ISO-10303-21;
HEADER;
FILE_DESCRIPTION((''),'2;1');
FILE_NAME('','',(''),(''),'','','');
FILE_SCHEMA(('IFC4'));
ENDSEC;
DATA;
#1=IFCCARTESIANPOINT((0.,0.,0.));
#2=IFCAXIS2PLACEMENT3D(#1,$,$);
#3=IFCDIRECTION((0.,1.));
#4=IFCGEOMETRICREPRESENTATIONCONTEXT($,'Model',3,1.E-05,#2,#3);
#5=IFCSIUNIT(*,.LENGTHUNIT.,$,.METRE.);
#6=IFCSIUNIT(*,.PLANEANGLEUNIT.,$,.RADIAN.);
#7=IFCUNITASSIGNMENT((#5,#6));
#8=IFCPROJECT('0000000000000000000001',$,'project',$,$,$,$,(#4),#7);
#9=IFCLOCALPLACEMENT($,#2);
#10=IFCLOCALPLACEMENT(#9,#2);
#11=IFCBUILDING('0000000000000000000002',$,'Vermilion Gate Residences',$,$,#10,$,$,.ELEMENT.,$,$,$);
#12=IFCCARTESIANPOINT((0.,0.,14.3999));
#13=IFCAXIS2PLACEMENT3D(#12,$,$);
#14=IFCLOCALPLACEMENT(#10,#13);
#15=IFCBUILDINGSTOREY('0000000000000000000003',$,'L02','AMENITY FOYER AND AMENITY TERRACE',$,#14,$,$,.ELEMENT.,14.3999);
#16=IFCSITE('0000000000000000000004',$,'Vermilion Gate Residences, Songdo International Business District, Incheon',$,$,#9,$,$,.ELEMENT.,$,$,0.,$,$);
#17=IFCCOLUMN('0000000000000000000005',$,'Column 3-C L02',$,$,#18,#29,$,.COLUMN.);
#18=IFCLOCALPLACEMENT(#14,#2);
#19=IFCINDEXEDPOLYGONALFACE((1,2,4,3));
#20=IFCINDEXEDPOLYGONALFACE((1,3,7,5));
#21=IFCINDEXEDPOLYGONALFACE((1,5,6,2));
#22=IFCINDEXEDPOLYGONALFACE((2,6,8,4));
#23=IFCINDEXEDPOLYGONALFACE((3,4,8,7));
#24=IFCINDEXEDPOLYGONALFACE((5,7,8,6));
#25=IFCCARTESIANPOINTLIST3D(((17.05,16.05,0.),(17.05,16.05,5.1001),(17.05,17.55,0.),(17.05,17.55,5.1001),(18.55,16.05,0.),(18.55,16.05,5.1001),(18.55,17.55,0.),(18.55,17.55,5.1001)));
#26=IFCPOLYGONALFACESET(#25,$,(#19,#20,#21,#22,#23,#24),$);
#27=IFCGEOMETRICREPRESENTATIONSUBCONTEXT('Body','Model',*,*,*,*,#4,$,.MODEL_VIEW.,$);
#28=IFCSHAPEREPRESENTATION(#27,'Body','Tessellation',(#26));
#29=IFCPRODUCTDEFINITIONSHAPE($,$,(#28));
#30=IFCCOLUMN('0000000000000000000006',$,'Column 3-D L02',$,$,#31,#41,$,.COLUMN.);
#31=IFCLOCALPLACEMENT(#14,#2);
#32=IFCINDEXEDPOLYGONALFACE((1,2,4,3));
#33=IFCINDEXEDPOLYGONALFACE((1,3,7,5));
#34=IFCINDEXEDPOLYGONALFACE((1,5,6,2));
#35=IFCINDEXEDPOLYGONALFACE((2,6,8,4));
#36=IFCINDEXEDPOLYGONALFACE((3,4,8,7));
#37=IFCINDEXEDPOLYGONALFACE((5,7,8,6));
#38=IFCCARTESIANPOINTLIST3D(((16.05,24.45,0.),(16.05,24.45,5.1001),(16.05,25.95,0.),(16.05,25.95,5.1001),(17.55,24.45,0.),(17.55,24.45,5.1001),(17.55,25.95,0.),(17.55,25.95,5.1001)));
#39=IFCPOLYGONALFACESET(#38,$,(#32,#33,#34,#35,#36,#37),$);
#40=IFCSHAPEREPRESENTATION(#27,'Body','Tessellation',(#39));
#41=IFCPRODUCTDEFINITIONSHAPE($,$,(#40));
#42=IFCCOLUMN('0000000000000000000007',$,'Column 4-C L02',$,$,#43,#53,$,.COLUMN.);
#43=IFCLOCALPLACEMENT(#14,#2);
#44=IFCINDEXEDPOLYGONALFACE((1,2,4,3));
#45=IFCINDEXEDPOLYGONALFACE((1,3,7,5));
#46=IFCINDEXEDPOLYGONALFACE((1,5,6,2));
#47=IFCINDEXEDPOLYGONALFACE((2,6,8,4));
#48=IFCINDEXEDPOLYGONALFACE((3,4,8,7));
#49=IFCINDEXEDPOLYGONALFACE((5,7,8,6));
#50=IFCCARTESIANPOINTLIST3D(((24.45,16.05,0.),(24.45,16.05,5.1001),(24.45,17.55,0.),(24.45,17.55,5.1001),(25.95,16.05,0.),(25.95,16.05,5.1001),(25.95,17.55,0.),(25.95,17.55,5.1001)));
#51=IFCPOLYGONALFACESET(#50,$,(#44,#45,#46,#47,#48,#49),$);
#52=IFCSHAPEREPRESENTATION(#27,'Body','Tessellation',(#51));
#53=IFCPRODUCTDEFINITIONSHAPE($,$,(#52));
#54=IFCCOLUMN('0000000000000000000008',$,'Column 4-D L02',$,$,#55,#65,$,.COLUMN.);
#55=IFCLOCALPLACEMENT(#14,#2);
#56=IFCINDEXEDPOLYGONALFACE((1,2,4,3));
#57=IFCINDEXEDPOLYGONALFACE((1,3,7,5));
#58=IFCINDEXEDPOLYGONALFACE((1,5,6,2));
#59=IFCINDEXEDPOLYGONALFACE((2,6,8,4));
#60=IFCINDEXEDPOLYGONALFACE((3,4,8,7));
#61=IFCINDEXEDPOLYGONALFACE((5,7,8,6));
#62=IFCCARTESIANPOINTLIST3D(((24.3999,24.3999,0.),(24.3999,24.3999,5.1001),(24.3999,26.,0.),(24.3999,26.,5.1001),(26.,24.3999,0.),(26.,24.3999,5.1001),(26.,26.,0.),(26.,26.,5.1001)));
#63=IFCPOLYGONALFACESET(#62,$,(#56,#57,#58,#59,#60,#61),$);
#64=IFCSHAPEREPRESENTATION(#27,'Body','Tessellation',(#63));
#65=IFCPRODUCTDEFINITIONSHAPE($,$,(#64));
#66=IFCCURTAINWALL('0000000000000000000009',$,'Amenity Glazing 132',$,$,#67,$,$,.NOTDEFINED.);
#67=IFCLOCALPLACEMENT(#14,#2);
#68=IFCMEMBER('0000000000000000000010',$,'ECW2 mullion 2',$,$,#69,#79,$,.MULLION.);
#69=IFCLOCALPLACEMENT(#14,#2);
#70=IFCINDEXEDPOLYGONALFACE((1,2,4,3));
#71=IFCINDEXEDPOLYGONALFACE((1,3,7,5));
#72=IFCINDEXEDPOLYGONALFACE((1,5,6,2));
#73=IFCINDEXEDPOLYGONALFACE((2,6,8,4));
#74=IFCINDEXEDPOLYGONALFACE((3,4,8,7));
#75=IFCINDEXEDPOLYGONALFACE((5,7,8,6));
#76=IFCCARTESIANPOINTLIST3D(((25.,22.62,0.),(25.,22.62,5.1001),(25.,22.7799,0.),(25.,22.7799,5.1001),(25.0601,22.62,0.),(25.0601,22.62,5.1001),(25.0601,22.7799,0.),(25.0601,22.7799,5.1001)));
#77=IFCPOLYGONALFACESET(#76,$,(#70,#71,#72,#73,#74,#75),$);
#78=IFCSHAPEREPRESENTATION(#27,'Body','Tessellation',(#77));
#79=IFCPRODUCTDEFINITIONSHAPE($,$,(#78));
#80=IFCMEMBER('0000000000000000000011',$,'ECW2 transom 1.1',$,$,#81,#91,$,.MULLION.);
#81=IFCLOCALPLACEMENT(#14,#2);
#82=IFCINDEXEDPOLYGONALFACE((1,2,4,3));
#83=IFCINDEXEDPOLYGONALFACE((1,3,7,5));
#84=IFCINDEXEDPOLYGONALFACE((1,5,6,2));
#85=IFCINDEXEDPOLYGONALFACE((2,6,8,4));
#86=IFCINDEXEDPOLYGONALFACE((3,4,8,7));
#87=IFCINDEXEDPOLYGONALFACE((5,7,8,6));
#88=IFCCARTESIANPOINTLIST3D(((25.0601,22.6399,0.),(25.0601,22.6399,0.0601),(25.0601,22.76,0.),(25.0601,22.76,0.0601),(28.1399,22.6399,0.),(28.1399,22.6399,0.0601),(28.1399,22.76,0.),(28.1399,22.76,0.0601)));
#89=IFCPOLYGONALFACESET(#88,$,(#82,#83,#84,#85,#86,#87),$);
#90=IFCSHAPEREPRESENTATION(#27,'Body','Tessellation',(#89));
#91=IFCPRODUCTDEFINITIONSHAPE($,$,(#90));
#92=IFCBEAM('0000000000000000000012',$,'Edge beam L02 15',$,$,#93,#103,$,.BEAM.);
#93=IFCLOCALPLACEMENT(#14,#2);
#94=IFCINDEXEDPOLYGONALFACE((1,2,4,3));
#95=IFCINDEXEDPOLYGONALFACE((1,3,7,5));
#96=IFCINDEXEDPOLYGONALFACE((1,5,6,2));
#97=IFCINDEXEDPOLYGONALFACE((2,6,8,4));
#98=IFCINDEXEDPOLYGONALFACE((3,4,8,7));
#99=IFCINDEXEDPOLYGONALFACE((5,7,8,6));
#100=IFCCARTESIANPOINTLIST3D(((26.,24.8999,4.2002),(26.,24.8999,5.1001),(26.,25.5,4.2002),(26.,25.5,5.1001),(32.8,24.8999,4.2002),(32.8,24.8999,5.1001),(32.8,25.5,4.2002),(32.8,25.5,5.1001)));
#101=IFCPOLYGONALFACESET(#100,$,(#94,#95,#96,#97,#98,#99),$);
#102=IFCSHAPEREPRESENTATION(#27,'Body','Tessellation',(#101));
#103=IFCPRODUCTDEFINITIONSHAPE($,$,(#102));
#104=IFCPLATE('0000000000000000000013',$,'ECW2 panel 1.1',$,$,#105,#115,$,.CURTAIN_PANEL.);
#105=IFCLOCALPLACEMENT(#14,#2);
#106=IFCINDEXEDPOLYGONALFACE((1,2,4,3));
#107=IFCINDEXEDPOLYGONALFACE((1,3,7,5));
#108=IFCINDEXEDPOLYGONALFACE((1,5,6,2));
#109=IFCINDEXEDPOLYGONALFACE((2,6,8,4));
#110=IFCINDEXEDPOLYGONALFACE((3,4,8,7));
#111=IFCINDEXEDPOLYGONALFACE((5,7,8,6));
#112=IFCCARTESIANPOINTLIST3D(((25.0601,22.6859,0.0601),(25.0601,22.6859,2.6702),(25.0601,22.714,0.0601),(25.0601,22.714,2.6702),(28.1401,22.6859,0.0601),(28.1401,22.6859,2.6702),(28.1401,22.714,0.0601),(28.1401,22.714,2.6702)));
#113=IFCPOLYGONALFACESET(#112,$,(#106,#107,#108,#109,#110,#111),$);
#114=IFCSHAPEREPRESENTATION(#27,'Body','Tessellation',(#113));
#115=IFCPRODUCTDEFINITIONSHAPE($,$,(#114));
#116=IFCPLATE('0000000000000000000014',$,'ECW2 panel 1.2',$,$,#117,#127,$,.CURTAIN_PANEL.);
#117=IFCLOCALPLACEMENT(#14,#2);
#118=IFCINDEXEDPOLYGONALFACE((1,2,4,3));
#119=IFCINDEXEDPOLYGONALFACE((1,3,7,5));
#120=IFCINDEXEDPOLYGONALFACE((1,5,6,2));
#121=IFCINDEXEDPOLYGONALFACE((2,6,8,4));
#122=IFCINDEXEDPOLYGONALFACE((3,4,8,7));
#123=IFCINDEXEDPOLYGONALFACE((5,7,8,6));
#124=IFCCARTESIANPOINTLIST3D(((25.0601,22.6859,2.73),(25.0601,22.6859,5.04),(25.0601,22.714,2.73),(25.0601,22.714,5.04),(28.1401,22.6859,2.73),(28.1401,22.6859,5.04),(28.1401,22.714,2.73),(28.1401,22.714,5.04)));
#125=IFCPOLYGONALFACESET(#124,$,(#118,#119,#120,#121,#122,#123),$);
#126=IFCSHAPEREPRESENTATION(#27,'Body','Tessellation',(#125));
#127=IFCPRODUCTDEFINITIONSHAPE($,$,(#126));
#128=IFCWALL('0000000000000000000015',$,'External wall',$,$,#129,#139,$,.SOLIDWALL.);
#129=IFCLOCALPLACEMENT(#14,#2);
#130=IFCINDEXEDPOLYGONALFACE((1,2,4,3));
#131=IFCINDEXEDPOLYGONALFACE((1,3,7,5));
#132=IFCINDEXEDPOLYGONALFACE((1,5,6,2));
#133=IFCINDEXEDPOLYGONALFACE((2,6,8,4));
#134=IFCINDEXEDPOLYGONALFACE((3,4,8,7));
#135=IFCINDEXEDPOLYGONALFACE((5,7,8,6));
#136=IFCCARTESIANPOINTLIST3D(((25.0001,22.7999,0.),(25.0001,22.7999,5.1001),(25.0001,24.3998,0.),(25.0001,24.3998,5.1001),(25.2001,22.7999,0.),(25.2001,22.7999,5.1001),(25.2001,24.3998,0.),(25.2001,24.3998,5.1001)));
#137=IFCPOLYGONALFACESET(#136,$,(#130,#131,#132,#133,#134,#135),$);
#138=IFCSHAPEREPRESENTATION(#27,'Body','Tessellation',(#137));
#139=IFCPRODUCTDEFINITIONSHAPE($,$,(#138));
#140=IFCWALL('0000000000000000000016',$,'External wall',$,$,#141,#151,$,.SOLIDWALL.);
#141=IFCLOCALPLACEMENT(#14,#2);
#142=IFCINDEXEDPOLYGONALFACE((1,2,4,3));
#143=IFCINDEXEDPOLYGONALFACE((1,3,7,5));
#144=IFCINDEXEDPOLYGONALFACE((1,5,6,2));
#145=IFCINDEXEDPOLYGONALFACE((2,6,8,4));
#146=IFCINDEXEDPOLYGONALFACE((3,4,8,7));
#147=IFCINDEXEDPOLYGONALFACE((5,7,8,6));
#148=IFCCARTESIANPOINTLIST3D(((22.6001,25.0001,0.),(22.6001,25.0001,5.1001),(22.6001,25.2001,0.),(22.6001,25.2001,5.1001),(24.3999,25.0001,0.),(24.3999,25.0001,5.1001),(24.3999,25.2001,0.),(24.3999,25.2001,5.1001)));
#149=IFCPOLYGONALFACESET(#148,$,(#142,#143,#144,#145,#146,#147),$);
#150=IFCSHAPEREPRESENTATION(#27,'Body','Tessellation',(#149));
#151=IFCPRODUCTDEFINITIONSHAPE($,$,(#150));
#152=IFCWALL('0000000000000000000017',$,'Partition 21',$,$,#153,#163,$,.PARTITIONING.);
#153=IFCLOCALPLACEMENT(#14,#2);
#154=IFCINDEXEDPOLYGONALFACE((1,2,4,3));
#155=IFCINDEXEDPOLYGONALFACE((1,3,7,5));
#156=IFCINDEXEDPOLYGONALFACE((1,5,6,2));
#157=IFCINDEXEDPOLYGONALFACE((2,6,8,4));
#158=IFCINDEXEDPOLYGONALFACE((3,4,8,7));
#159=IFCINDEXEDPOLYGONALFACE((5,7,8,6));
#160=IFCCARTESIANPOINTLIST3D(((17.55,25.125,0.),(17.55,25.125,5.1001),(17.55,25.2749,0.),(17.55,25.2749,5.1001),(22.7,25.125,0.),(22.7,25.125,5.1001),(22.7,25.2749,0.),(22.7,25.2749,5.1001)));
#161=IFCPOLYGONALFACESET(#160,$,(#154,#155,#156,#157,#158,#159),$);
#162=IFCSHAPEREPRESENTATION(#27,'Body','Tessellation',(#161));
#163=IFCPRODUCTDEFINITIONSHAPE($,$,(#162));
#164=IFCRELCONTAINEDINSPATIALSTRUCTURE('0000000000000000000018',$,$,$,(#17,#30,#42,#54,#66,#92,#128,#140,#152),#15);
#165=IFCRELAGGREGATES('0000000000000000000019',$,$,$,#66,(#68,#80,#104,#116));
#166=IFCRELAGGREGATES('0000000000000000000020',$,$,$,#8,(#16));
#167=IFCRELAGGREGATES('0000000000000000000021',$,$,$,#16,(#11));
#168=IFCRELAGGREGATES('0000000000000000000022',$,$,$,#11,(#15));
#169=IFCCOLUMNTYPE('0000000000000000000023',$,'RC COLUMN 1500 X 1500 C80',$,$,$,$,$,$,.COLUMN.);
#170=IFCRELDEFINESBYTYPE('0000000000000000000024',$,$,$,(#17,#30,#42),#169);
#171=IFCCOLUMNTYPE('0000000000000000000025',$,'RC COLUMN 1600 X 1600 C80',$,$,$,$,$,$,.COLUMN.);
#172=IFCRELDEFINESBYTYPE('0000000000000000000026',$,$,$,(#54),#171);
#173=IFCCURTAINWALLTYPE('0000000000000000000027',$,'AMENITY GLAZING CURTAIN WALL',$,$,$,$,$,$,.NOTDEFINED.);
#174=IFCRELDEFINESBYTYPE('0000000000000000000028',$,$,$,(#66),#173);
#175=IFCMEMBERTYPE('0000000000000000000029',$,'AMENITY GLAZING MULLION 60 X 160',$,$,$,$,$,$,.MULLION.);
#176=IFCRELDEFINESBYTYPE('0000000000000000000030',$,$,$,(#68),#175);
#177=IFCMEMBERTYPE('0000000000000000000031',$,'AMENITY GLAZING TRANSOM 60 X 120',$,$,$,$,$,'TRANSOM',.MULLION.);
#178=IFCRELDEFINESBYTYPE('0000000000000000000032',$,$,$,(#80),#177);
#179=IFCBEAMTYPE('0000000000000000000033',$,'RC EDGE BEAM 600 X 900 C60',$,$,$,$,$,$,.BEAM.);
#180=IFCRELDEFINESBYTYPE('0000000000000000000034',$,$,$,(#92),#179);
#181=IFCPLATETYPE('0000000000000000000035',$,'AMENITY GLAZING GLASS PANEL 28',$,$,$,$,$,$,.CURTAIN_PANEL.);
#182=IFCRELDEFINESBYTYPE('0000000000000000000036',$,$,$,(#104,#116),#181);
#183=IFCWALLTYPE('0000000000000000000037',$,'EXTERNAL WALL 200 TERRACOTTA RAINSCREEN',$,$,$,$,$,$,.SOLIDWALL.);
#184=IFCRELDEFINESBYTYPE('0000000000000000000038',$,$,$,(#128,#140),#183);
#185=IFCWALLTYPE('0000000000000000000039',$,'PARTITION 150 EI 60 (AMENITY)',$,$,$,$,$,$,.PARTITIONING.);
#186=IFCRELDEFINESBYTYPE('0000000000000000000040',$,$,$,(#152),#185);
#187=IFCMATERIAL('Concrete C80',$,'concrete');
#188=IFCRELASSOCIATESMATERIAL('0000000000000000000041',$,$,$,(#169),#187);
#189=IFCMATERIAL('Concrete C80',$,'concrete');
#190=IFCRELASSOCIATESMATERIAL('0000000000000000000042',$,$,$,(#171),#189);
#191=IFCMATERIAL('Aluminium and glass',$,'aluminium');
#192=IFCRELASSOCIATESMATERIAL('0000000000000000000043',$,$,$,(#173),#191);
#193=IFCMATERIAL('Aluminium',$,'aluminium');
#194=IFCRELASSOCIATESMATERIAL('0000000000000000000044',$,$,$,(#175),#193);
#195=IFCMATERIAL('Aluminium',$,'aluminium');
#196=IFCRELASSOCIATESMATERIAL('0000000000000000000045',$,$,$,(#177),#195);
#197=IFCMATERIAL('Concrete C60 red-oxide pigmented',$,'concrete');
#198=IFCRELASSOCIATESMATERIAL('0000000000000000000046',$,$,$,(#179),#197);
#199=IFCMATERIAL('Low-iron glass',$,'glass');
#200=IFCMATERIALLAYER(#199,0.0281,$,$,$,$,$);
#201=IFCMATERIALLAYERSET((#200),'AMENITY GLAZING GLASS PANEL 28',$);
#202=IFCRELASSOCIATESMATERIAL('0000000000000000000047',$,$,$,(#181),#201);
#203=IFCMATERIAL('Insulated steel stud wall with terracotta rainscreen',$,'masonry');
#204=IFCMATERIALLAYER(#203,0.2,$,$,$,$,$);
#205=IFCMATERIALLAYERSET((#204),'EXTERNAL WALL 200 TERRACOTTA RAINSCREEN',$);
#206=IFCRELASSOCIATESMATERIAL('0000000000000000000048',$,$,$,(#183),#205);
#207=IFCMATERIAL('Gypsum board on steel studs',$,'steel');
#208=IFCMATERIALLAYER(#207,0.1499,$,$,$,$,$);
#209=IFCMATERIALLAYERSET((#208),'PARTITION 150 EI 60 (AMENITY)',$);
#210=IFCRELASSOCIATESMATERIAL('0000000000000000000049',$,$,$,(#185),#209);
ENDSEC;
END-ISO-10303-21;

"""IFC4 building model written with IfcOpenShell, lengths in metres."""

from ifc_helpers import new_model, si_unit, direction, frame, frame_2d, origin, origin_2d, place, context, subcontext, project, spatial, rectangle, extrude, material, layer, layer_set, material_profile, profile_set, type_object, element, aggregate, save


model = new_model("IFC4")

# Units and contexts
model_context = context("Model", 3, precision=1e-05, world=origin(), true_north=direction((0.0, 1.0)))
body_context = subcontext(model_context, "Body", "Model", "MODEL_VIEW")
ifc_project = project(units=[si_unit("LENGTHUNIT", "METRE"), si_unit("PLANEANGLEUNIT", "RADIAN")], contexts=[model_context])

# Site, building, storey
site_placement = place(None, origin())
site = spatial("IfcSite", under=ifc_project, at=site_placement, Name="Vermilion Gate Residences, Songdo International Business District, Incheon", CompositionType="ELEMENT", RefElevation=0.0)
building_placement = place(site_placement, origin())
building = spatial("IfcBuilding", under=site, at=building_placement, Name="Vermilion Gate Residences", CompositionType="ELEMENT")
storey_placement = place(building_placement, frame((0.0, 0.0, 14.3999)))
storey = spatial("IfcBuildingStorey", under=building, at=storey_placement, Name="L02", Description="AMENITY FOYER AND AMENITY TERRACE", CompositionType="ELEMENT", Elevation=14.3999)

# Columns
ifc_material_1 = material(Name="Concrete C80", Category="concrete")
ifc_material_profile_1 = material_profile(ifc_material_1, rectangle(XDim=1.5, YDim=1.5, at=origin_2d()), Name="RC-1500x1500")
ifc_profile_set_1 = profile_set([ifc_material_profile_1], Name="Concrete C80")
column_type_1 = type_object("IfcColumnType", Name="RC COLUMN 1500 X 1500 C80", PredefinedType="COLUMN", material=ifc_profile_set_1)
for number, where, z_axis, x_axis, name in (
    (1, (17.8, 16.8, 0.0), (0.0, 0.0, 1.0), (1.0, 0.0, 0.0), "Column 3-C L02"),
    (2, (16.8, 25.2, 0.0), (0.0, 0.0, 1.0), (1.0, 0.0, 0.0), "Column 3-D L02"),
    (3, (25.2, 16.8, 0.0), (0.0, 0.0, 1.0), (1.0, 0.0, 0.0), "Column 4-C L02"),
):
    element("IfcColumn", number, at=place(storey_placement, frame(where, z_axis=z_axis, x_axis=x_axis)), inside=storey, type_object=column_type_1, Name=name, PredefinedType="COLUMN", context=body_context, shape_type="SweptSolid", body=[
        extrude(rectangle(XDim=1.5, YDim=1.5, at=origin_2d()), origin(), (0.0, 0.0, 1.0), 5.1001),
    ])
ifc_material_2 = material(Name="Concrete C80", Category="concrete")
ifc_material_profile_2 = material_profile(ifc_material_2, rectangle(XDim=1.6001, YDim=1.6001, at=origin_2d()), Name="RC-1600x1600")
ifc_profile_set_2 = profile_set([ifc_material_profile_2], Name="Concrete C80")
column_type_2 = type_object("IfcColumnType", Name="RC COLUMN 1600 X 1600 C80", PredefinedType="COLUMN", material=ifc_profile_set_2)
column_placement = place(storey_placement, frame((25.2, 25.2, 0.0), z_axis=(0.0, 0.0, 1.0), x_axis=(1.0, 0.0, 0.0)))
element("IfcColumn", 4, at=column_placement, inside=storey, type_object=column_type_2, Name="Column 4-D L02", PredefinedType="COLUMN", context=body_context, shape_type="SweptSolid", body=[
    extrude(rectangle(XDim=1.6001, YDim=1.6001, at=origin_2d()), origin(), (0.0, 0.0, 1.0), 5.1001),
])

# Curtain wall, members
ifc_material_3 = material(Name="Aluminium and glass", Category="aluminium")
curtain_wall_type = type_object("IfcCurtainWallType", Name="AMENITY GLAZING CURTAIN WALL", PredefinedType="NOTDEFINED", material=ifc_material_3)
curtain_wall_placement = place(storey_placement, origin())
curtain_wall = element("IfcCurtainWall", 5, at=curtain_wall_placement, inside=storey, type_object=curtain_wall_type, Name="Amenity Glazing 132", PredefinedType="NOTDEFINED")
ifc_material_4 = material(Name="Aluminium", Category="aluminium")
ifc_material_profile_3 = material_profile(ifc_material_4, rectangle(XDim=0.1599, YDim=0.0601, at=origin_2d()), Name="MULLION 60 X 160")
ifc_profile_set_3 = profile_set([ifc_material_profile_3], Name="Aluminium")
member_type_1 = type_object("IfcMemberType", Name="AMENITY GLAZING MULLION 60 X 160", PredefinedType="MULLION", material=ifc_profile_set_3)
member_1_placement = place(storey_placement, frame((25.03, 22.7, 0.0), z_axis=(0.0, 0.0, 1.0), x_axis=(0.0, -1.0, 0.0)))
member_1 = element("IfcMember", 6, at=member_1_placement, type_object=member_type_1, Name="ECW2 mullion 2", PredefinedType="MULLION", context=body_context, shape_type="SweptSolid", body=[
    extrude(rectangle(XDim=0.1599, YDim=0.0601, at=origin_2d()), origin(), (0.0, 0.0, 1.0), 5.1001),
])
ifc_material_5 = material(Name="Aluminium", Category="aluminium")
ifc_material_profile_4 = material_profile(ifc_material_5, rectangle(XDim=0.1201, YDim=0.0601, at=origin_2d()), Name="TRANSOM 60 X 120")
ifc_profile_set_4 = profile_set([ifc_material_profile_4], Name="Aluminium")
member_type_2 = type_object("IfcMemberType", Name="AMENITY GLAZING TRANSOM 60 X 120", ElementType="TRANSOM", PredefinedType="MULLION", material=ifc_profile_set_4)
member_2_placement = place(storey_placement, frame((28.1399, 22.7, 0.03), z_axis=(-1.0, 0.0, 0.0), x_axis=(0.0, -1.0, 0.0)))
member_2 = element("IfcMember", 7, at=member_2_placement, type_object=member_type_2, Name="ECW2 transom 1.1", PredefinedType="MULLION", context=body_context, shape_type="SweptSolid", body=[
    extrude(rectangle(XDim=0.1201, YDim=0.0601, at=origin_2d()), origin(), (0.0, 0.0, 1.0), 3.0798),
])

# Beam
ifc_material_6 = material(Name="Concrete C60 red-oxide pigmented", Category="concrete")
ifc_material_profile_5 = material_profile(ifc_material_6, rectangle(XDim=0.6001, YDim=0.8999, at=origin_2d()), Name="RC-600x900")
ifc_profile_set_5 = profile_set([ifc_material_profile_5], Name="Concrete C60 red-oxide pigmented")
beam_type = type_object("IfcBeamType", Name="RC EDGE BEAM 600 X 900 C60", PredefinedType="BEAM", material=ifc_profile_set_5)
beam_placement = place(storey_placement, frame((26.0, 25.2, 4.6501), z_axis=(1.0, 0.0, 0.0), x_axis=(0.0, 1.0, 0.0)))
element("IfcBeam", 8, at=beam_placement, inside=storey, type_object=beam_type, Name="Edge beam L02 15", PredefinedType="BEAM", context=body_context, shape_type="SweptSolid", body=[
    extrude(rectangle(XDim=0.6001, YDim=0.8999, at=origin_2d()), origin(), (0.0, 0.0, 1.0), 6.8),
])

# Plates
ifc_material_7 = material(Name="Low-iron glass", Category="glass")
ifc_layer_1 = layer(ifc_material_7, 0.0281)
ifc_layer_set_1 = layer_set([ifc_layer_1], Name="AMENITY GLAZING GLASS PANEL 28")
plate_type = type_object("IfcPlateType", Name="AMENITY GLAZING GLASS PANEL 28", PredefinedType="CURTAIN_PANEL", material=ifc_layer_set_1)
plate_1_placement = place(storey_placement, frame((26.6001, 22.7, 0.0601), z_axis=(0.0, 0.0, 1.0), x_axis=(-1.0, 0.0, 0.0)))
plate_1 = element("IfcPlate", 9, at=plate_1_placement, type_object=plate_type, Name="ECW2 panel 1.1", PredefinedType="CURTAIN_PANEL", context=body_context, shape_type="SweptSolid", body=[
    extrude(rectangle(XDim=3.0801, YDim=0.0281, at=origin_2d()), origin(), (0.0, 0.0, 1.0), 2.6101),
])
plate_2_placement = place(storey_placement, frame((26.6001, 22.7, 2.73), z_axis=(0.0, 0.0, 1.0), x_axis=(-1.0, 0.0, 0.0)))
plate_2 = element("IfcPlate", 10, at=plate_2_placement, type_object=plate_type, Name="ECW2 panel 1.2", PredefinedType="CURTAIN_PANEL", context=body_context, shape_type="SweptSolid", body=[
    extrude(rectangle(XDim=3.0801, YDim=0.0281, at=origin_2d()), origin(), (0.0, 0.0, 1.0), 2.3101),
])
aggregate(curtain_wall, [member_1, member_2, plate_1, plate_2])

# Walls
ifc_material_8 = material(Name="Insulated steel stud wall with terracotta rainscreen", Category="masonry")
ifc_layer_2 = layer(ifc_material_8, 0.2)
ifc_layer_set_2 = layer_set([ifc_layer_2], Name="EXTERNAL WALL 200 TERRACOTTA RAINSCREEN")
wall_type_1 = type_object("IfcWallType", Name="EXTERNAL WALL 200 TERRACOTTA RAINSCREEN", PredefinedType="SOLIDWALL", material=ifc_layer_set_2)
wall_1_placement = place(storey_placement, frame((25.1001, 22.8, 0.0), z_axis=(0.0, 0.0, 1.0), x_axis=(0.0, 1.0, 0.0)))
element("IfcWall", 11, at=wall_1_placement, inside=storey, type_object=wall_type_1, Name="External wall", PredefinedType="SOLIDWALL", context=body_context, shape_type="SweptSolid", body=[
    extrude(rectangle(XDim=1.5999, YDim=0.2, at=frame_2d((0.7998, 0.0))), origin(), (0.0, 0.0, 1.0), 5.1001),
])
wall_2_placement = place(storey_placement, frame((24.3999, 25.1001, 0.0), z_axis=(0.0, 0.0, 1.0), x_axis=(-1.0, 0.0, 0.0)))
element("IfcWall", 12, at=wall_2_placement, inside=storey, type_object=wall_type_1, Name="External wall", PredefinedType="SOLIDWALL", context=body_context, shape_type="SweptSolid", body=[
    extrude(rectangle(XDim=1.7998, YDim=0.2, at=frame_2d((0.8999, 0.0))), origin(), (0.0, 0.0, 1.0), 5.1001),
])
ifc_material_9 = material(Name="Gypsum board on steel studs", Category="steel")
ifc_layer_3 = layer(ifc_material_9, 0.1499)
ifc_layer_set_3 = layer_set([ifc_layer_3], Name="PARTITION 150 EI 60 (AMENITY)")
wall_type_2 = type_object("IfcWallType", Name="PARTITION 150 EI 60 (AMENITY)", PredefinedType="PARTITIONING", material=ifc_layer_set_3)
wall_3_placement = place(storey_placement, frame((17.55, 25.2, 0.0), z_axis=(0.0, 0.0, 1.0), x_axis=(1.0, 0.0, 0.0)))
element("IfcWall", 13, at=wall_3_placement, inside=storey, type_object=wall_type_2, Name="Partition 21", PredefinedType="PARTITIONING", context=body_context, shape_type="SweptSolid", body=[
    extrude(rectangle(XDim=5.1499, YDim=0.1499, at=frame_2d((2.575, 0.0))), origin(), (0.0, 0.0, 1.0), 5.1001),
])

save(model, "model.ifc")
